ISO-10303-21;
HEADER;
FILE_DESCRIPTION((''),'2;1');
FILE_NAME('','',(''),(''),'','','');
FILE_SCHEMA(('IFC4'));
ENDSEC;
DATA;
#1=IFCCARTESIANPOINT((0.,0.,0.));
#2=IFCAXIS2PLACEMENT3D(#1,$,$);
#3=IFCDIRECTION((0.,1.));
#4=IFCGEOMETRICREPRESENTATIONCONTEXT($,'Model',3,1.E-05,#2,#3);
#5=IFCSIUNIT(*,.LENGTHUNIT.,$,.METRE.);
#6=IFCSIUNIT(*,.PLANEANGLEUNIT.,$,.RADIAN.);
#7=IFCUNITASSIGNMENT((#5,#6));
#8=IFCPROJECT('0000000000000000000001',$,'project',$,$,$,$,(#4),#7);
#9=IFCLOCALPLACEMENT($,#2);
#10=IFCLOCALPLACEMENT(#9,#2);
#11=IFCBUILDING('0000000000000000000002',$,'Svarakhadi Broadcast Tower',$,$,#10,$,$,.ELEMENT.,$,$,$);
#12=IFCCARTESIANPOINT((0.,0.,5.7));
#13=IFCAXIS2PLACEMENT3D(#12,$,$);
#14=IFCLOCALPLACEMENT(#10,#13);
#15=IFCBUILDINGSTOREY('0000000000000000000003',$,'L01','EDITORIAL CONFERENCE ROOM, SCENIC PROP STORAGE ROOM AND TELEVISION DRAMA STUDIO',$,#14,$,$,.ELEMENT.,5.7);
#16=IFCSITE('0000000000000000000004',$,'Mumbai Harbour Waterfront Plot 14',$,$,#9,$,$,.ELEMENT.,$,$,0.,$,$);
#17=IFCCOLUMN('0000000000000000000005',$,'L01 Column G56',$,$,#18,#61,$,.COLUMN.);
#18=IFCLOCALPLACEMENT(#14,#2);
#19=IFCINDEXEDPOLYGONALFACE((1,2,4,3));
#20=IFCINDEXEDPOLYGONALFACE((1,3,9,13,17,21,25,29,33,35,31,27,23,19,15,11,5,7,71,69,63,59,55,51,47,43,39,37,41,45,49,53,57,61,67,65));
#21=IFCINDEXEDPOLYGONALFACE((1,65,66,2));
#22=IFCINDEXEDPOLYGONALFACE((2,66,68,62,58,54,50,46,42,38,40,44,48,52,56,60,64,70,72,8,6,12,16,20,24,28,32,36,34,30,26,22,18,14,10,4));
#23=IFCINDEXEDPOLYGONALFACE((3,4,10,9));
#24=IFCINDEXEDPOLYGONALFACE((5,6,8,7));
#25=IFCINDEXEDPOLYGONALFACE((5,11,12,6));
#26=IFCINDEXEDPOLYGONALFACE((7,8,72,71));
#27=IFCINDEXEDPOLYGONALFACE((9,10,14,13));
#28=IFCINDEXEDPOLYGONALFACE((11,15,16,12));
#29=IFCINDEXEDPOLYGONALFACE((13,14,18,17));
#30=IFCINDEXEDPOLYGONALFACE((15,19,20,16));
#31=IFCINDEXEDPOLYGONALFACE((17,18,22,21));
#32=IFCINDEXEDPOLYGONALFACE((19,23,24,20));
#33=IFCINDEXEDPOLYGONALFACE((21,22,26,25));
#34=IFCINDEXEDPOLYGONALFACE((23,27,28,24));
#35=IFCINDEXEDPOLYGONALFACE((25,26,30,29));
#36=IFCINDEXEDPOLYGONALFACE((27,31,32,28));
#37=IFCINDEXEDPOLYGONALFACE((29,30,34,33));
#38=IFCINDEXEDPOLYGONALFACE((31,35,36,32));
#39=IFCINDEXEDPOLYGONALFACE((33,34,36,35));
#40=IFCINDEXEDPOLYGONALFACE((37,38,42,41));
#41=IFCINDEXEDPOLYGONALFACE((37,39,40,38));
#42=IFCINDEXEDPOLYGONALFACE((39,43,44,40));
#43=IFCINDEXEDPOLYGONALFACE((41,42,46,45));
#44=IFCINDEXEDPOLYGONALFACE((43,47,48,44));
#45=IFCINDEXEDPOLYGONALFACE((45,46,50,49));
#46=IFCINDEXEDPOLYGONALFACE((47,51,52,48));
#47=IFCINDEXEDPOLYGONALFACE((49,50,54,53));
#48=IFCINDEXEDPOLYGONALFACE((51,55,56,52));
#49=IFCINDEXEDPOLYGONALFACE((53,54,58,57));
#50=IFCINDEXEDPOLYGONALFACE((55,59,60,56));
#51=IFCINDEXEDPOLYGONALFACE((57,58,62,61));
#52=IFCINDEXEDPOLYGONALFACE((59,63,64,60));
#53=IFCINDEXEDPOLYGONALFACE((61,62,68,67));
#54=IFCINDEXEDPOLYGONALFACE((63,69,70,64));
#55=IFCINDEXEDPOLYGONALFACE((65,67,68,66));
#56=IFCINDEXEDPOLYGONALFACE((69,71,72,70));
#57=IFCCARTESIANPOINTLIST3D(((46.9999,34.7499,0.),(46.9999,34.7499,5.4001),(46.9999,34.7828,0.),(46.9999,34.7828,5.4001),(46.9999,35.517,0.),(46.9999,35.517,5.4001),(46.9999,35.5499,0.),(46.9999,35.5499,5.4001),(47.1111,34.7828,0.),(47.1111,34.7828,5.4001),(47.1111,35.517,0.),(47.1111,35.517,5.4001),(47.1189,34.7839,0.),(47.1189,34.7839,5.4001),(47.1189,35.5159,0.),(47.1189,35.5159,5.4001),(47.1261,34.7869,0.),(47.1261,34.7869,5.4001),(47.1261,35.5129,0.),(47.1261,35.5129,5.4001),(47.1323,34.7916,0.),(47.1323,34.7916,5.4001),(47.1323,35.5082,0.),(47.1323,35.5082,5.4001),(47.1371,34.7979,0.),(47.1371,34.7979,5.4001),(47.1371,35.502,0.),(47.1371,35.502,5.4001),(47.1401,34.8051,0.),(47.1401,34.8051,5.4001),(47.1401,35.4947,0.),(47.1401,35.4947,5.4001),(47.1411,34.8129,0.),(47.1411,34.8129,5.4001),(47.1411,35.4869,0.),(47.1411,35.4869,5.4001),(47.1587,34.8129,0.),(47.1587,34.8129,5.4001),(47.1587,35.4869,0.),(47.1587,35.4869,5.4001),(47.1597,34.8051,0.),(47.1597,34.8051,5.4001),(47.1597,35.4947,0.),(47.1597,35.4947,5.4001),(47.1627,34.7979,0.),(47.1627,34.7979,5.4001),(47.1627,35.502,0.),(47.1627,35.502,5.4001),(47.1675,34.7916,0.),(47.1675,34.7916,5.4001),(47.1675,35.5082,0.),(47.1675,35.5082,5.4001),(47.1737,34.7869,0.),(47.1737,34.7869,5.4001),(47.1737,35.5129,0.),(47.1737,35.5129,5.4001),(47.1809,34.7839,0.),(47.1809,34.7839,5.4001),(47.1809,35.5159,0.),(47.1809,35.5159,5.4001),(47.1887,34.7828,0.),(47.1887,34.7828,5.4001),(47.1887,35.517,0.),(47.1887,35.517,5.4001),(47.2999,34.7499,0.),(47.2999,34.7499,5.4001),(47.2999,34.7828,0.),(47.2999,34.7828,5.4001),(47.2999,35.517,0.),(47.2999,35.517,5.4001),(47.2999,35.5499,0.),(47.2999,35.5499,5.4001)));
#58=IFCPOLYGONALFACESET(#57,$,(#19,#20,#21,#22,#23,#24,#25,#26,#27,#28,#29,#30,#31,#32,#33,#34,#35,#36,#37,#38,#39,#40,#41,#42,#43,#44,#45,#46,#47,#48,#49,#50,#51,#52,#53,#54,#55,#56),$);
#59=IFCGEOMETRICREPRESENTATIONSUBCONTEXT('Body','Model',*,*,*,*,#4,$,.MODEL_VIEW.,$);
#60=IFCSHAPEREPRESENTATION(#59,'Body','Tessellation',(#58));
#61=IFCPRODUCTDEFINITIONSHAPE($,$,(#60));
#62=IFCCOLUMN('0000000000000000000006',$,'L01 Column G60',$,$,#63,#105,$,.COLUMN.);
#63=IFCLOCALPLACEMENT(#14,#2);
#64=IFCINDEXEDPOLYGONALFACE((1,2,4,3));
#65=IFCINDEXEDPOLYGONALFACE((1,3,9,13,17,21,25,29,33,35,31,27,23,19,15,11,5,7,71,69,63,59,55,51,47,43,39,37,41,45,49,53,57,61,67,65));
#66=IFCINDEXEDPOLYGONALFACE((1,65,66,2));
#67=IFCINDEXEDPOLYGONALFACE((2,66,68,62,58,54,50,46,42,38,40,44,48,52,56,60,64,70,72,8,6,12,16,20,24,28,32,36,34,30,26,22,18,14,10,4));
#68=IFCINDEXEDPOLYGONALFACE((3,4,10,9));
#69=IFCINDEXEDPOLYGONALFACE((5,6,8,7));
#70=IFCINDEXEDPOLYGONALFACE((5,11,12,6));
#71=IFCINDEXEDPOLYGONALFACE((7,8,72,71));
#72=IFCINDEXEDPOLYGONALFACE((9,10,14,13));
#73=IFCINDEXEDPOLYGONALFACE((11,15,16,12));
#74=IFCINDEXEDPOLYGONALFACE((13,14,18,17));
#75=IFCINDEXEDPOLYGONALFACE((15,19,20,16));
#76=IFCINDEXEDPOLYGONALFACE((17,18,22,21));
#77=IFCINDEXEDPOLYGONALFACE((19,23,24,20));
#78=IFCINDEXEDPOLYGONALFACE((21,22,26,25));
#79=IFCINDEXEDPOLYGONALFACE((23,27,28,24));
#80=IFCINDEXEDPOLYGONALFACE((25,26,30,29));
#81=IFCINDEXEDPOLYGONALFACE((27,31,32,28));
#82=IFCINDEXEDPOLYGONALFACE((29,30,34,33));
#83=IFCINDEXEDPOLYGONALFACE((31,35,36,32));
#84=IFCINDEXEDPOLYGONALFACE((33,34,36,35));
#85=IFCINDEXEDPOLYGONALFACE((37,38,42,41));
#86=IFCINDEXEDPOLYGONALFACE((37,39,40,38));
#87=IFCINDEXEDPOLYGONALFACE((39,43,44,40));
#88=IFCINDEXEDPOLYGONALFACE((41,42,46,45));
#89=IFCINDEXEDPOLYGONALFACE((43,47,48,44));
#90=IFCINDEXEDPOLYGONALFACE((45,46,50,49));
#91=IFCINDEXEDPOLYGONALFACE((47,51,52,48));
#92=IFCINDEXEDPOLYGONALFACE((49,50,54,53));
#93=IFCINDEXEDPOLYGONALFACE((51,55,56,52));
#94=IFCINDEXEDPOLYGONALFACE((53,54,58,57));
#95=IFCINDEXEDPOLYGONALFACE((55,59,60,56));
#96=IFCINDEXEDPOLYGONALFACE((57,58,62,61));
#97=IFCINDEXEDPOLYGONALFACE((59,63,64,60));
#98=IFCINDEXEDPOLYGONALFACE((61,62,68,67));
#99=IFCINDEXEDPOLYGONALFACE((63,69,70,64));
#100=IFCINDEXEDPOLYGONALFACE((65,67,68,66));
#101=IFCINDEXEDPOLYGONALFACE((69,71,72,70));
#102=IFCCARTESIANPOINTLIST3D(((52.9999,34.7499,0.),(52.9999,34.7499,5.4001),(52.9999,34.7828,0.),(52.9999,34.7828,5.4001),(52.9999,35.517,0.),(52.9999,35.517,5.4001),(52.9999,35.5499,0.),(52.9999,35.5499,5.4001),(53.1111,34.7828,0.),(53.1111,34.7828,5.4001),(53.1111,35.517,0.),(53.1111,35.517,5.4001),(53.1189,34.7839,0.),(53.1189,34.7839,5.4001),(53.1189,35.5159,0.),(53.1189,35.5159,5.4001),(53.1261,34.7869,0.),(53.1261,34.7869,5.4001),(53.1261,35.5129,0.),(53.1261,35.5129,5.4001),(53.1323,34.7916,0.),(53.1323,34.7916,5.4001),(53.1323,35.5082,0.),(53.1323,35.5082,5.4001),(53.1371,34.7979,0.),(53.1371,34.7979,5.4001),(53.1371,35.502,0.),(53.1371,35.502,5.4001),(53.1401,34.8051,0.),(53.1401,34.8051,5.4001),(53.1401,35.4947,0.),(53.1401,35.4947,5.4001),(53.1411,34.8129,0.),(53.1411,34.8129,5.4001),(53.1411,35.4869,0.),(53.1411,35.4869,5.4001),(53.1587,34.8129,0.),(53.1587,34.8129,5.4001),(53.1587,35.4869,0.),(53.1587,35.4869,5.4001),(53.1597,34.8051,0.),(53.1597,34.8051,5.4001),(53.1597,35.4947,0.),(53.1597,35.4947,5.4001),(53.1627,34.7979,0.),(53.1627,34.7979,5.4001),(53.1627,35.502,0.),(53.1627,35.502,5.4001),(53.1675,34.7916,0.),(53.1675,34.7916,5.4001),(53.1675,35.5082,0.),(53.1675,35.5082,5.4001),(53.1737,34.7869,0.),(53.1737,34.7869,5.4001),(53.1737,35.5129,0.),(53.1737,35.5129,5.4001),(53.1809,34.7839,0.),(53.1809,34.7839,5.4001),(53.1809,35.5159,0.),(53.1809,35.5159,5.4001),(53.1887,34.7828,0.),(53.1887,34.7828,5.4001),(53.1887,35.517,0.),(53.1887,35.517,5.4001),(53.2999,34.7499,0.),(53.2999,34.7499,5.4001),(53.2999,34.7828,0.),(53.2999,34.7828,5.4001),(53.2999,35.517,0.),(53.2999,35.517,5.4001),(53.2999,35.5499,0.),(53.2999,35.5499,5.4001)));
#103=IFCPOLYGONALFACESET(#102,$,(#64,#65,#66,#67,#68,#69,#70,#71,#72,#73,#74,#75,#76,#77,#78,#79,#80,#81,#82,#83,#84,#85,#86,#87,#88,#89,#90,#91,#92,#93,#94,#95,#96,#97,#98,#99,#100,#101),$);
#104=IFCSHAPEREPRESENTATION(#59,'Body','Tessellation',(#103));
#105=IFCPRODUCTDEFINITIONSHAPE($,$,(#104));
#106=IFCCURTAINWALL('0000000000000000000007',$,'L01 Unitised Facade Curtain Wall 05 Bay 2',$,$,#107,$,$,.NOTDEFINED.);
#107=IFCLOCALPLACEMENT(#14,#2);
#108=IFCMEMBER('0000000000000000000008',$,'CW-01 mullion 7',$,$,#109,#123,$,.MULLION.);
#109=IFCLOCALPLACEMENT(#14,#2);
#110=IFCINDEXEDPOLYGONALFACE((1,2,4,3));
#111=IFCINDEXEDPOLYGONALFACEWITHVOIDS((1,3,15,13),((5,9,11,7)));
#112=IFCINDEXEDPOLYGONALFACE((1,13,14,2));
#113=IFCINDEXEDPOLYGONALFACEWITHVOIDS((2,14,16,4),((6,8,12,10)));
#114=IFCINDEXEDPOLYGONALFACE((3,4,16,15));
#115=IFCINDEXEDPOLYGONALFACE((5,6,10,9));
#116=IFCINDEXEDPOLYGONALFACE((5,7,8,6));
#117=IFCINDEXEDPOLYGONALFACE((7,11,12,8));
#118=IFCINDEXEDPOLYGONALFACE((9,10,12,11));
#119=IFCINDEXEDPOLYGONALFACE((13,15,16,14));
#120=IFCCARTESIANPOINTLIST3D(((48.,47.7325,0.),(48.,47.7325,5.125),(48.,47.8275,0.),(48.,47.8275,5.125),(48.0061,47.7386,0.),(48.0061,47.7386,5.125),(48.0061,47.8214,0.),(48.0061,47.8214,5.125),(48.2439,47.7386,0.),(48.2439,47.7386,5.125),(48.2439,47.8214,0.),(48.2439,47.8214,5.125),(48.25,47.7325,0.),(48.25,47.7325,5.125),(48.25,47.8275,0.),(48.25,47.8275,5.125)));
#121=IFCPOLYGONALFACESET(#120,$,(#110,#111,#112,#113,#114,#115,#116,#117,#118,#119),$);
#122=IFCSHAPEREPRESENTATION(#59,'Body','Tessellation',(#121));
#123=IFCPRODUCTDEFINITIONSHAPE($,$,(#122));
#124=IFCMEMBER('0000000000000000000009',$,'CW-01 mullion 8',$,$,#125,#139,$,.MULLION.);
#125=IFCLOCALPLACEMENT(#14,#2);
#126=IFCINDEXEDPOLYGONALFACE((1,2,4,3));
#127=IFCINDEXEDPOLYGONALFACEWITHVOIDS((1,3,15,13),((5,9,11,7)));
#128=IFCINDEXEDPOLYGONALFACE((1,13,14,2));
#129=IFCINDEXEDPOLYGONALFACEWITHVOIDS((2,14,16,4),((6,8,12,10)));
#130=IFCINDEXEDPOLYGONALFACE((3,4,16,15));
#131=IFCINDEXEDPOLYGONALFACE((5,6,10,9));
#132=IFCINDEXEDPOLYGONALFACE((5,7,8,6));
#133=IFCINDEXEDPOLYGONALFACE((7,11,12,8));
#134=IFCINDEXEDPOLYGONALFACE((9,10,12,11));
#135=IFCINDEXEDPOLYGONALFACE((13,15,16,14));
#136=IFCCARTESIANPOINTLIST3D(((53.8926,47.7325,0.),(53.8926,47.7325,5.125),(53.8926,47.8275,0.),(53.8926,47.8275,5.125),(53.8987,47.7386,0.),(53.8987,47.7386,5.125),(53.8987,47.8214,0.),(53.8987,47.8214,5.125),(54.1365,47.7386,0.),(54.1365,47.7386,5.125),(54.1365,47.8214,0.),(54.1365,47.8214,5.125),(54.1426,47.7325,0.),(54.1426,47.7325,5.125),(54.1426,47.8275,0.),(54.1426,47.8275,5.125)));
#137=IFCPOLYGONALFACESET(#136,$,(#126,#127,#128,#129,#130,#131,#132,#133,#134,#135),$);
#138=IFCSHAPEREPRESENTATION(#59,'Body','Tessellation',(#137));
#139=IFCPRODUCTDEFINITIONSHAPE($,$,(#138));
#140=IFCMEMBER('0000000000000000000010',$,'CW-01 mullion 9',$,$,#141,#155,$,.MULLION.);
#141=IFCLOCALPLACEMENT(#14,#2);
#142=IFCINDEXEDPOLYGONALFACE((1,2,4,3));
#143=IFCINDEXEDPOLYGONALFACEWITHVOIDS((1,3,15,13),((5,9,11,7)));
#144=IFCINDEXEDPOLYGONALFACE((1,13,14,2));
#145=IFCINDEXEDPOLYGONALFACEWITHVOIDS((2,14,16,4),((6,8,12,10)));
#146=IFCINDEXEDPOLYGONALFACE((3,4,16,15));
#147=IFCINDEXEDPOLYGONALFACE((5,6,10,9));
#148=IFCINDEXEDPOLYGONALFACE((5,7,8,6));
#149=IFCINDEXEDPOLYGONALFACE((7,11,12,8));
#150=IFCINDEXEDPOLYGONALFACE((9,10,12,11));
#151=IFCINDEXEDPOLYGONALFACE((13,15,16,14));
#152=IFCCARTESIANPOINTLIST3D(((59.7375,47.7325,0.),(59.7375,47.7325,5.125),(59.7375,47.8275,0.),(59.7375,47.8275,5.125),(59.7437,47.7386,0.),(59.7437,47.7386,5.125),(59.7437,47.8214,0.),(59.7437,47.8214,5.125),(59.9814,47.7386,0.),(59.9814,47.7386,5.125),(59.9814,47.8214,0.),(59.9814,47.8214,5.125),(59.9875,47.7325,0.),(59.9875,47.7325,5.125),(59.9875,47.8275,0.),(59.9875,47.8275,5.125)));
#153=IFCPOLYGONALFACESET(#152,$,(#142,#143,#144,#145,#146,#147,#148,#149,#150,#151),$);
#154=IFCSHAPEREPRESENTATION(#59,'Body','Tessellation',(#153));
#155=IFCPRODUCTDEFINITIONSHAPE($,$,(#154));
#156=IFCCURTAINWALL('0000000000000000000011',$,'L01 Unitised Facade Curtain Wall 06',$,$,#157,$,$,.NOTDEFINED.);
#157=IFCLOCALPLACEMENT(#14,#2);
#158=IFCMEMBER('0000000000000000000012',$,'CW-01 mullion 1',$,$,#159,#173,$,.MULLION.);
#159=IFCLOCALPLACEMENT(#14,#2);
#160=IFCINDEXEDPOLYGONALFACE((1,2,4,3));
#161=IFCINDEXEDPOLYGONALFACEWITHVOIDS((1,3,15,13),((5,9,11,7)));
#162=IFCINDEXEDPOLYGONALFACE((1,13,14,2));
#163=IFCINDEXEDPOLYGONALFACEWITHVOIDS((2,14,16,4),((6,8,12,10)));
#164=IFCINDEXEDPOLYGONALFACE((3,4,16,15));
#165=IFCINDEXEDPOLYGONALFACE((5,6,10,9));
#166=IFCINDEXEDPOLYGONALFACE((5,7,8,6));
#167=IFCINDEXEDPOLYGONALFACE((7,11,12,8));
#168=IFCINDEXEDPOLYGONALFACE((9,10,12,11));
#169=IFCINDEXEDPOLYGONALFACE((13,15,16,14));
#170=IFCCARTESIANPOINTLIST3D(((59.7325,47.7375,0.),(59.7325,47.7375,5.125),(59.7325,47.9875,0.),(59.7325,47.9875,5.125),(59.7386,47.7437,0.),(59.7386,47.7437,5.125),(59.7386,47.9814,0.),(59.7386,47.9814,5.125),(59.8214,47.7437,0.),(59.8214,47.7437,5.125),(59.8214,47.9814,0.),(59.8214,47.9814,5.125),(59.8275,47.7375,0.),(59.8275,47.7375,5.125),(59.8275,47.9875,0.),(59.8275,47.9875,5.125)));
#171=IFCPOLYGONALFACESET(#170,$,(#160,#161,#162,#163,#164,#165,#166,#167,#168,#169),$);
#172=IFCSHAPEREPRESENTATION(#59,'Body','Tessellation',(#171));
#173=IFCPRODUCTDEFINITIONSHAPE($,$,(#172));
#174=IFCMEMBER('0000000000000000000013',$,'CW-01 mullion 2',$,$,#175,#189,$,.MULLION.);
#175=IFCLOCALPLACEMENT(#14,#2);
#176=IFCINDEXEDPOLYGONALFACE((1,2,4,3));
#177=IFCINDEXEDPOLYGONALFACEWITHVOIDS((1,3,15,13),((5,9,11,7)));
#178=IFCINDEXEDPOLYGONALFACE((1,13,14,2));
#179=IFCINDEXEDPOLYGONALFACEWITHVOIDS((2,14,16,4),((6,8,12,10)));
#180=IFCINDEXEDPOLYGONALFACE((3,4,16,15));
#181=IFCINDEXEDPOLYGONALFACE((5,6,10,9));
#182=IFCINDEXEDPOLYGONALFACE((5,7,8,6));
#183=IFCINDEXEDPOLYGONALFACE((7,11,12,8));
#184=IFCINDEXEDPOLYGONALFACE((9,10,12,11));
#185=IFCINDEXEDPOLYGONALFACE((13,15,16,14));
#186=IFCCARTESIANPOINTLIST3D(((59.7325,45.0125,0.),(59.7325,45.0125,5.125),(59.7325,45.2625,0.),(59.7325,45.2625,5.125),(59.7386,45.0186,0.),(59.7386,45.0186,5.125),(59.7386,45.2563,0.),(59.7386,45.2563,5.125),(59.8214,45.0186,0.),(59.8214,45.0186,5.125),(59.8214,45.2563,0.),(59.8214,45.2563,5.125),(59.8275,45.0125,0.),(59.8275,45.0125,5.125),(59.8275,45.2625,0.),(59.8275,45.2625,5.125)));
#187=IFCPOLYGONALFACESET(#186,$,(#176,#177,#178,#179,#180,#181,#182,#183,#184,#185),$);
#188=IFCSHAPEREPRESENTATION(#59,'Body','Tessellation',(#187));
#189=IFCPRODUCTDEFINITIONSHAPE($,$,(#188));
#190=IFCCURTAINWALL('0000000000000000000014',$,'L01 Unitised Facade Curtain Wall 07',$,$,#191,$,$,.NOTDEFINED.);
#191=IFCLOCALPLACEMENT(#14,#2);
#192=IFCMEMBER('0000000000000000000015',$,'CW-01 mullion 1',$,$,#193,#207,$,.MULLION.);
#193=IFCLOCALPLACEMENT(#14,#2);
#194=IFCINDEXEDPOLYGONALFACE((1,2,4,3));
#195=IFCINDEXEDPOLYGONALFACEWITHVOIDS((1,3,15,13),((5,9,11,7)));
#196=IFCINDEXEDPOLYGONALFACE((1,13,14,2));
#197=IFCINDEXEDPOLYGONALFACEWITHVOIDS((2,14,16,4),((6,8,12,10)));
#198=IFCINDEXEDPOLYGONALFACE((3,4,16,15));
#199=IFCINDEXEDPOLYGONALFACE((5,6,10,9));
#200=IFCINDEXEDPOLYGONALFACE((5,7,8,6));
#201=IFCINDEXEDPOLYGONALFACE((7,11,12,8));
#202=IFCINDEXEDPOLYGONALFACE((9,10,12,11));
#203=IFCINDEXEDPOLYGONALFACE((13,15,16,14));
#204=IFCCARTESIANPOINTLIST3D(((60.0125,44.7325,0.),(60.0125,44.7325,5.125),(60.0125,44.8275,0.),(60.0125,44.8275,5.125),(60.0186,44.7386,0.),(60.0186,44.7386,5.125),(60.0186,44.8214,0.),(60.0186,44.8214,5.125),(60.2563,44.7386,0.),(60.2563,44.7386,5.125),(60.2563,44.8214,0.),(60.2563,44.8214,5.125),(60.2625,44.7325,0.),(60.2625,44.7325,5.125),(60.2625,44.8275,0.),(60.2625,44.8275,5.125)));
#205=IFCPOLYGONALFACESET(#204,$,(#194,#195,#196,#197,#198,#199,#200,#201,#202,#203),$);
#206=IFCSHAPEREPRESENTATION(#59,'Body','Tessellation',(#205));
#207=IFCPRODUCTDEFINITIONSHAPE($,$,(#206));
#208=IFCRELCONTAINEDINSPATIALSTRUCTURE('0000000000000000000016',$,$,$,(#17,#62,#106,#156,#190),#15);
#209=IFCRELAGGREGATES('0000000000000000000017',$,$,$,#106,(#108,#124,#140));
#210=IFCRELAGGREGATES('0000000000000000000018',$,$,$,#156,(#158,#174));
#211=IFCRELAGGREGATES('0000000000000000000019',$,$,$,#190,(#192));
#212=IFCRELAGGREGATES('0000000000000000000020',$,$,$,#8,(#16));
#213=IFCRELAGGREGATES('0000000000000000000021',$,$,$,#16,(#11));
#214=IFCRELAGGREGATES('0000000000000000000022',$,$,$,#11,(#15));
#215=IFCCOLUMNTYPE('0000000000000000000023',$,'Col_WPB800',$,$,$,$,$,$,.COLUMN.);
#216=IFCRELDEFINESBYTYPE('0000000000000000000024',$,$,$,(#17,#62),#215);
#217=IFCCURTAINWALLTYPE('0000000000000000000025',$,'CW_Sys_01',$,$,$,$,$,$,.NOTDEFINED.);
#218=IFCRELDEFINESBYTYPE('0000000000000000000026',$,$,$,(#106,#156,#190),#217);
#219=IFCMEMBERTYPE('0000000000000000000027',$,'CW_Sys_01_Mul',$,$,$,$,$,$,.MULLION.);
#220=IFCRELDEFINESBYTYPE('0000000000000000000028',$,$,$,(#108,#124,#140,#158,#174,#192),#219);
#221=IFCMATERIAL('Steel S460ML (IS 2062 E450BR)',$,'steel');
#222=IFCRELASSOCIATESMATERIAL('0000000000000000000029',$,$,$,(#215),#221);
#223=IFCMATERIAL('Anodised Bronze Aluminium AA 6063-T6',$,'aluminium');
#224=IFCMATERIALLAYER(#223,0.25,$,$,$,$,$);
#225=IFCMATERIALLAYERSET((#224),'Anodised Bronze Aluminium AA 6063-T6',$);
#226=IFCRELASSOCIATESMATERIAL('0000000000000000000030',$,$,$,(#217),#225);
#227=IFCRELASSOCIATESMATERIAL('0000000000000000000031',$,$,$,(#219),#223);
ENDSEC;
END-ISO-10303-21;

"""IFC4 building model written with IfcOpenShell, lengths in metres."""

from ifc_helpers import new_model, si_unit, direction, frame, origin, origin_2d, place, context, subcontext, project, spatial, hollow_rectangle, i_section, extrude, material, layer, layer_set, material_profile, profile_set, type_object, element, aggregate, save


model = new_model("IFC4")

# Units and contexts
model_context = context("Model", 3, precision=1e-05, world=origin(), true_north=direction((0.0, 1.0)))
body_context = subcontext(model_context, "Body", "Model", "MODEL_VIEW")
ifc_project = project(units=[si_unit("LENGTHUNIT", "METRE"), si_unit("PLANEANGLEUNIT", "RADIAN")], contexts=[model_context])

# Site, building, storey
site_placement = place(None, origin())
site = spatial("IfcSite", under=ifc_project, at=site_placement, Name="Mumbai Harbour Waterfront Plot 14", CompositionType="ELEMENT", RefElevation=0.0)
building_placement = place(site_placement, origin())
building = spatial("IfcBuilding", under=site, at=building_placement, Name="Svarakhadi Broadcast Tower", CompositionType="ELEMENT")
storey_placement = place(building_placement, frame((0.0, 0.0, 5.7)))
storey = spatial("IfcBuildingStorey", under=building, at=storey_placement, Name="L01", Description="EDITORIAL CONFERENCE ROOM, SCENIC PROP STORAGE ROOM AND TELEVISION DRAMA STUDIO", CompositionType="ELEMENT", Elevation=5.7)

# Columns
ifc_material_1 = material(Name="Steel S460ML (IS 2062 E450BR)", Category="steel")
ifc_material_profile_1 = material_profile(ifc_material_1, i_section(OverallWidth=0.3, OverallDepth=0.8, WebThickness=0.0176, FlangeThickness=0.033, FilletRadius=0.03, at=origin_2d()), Name="WPB 800x300x262")
ifc_profile_set_1 = profile_set([ifc_material_profile_1], Name="Steel S460ML (IS 2062 E450BR)")
column_type = type_object("IfcColumnType", Name="Col_WPB800", PredefinedType="COLUMN", material=ifc_profile_set_1)
for number, where, z_axis, x_axis, name in (
    (1, (47.1499, 35.1499, 0.0), (0.0, 0.0, 1.0), (1.0, 0.0, 0.0), "L01 Column G56"),
    (2, (53.1499, 35.1499, 0.0), (0.0, 0.0, 1.0), (1.0, 0.0, 0.0), "L01 Column G60"),
):
    element("IfcColumn", number, at=place(storey_placement, frame(where, z_axis=z_axis, x_axis=x_axis)), inside=storey, type_object=column_type, Name=name, PredefinedType="COLUMN", context=body_context, shape_type="SweptSolid", body=[
        extrude(i_section(OverallWidth=0.3, OverallDepth=0.8, WebThickness=0.0176, FlangeThickness=0.033, FilletRadius=0.03, at=origin_2d()), origin(), (0.0, 0.0, 1.0), 5.4001),
    ])

# Curtain walls, members
ifc_material_2 = material(Name="Anodised Bronze Aluminium AA 6063-T6", Category="aluminium")
ifc_layer_1 = layer(ifc_material_2, 0.25)
ifc_layer_set_1 = layer_set([ifc_layer_1], Name="Anodised Bronze Aluminium AA 6063-T6")
curtain_wall_type = type_object("IfcCurtainWallType", Name="CW_Sys_01", PredefinedType="NOTDEFINED", material=ifc_layer_set_1)
curtain_wall_1_placement = place(storey_placement, origin())
curtain_wall_1 = element("IfcCurtainWall", 3, at=curtain_wall_1_placement, inside=storey, type_object=curtain_wall_type, Name="L01 Unitised Facade Curtain Wall 05 Bay 2", PredefinedType="NOTDEFINED")
ifc_material_profile_2 = material_profile(ifc_material_2, hollow_rectangle(XDim=0.095, YDim=0.25, WallThickness=0.0061, at=origin_2d()), Name="ALU MULLION 250x95x6")
ifc_profile_set_2 = profile_set([ifc_material_profile_2], Name="Anodised Bronze Aluminium AA 6063-T6")
member_type_1 = type_object("IfcMemberType", Name="CW_Sys_01_Mul", PredefinedType="MULLION", material=ifc_profile_set_2)
member_1_placement = place(storey_placement, frame((48.125, 47.78, 0.0), z_axis=(0.0, 0.0, 1.0), x_axis=(0.0, 1.0, 0.0)))
member_1 = element("IfcMember", 4, at=member_1_placement, type_object=member_type_1, Name="CW-01 mullion 7", PredefinedType="MULLION", context=body_context, shape_type="SweptSolid", body=[
    extrude(hollow_rectangle(XDim=0.095, YDim=0.25, WallThickness=0.0061, at=origin_2d()), origin(), (0.0, 0.0, 1.0), 5.125),
])
member_2_placement = place(storey_placement, frame((54.0176, 47.78, 0.0), z_axis=(0.0, 0.0, 1.0), x_axis=(0.0, 1.0, 0.0)))
member_2 = element("IfcMember", 5, at=member_2_placement, type_object=member_type_1, Name="CW-01 mullion 8", PredefinedType="MULLION", context=body_context, shape_type="SweptSolid", body=[
    extrude(hollow_rectangle(XDim=0.095, YDim=0.25, WallThickness=0.0061, at=origin_2d()), origin(), (0.0, 0.0, 1.0), 5.125),
])
member_3_placement = place(storey_placement, frame((59.8625, 47.78, 0.0), z_axis=(0.0, 0.0, 1.0), x_axis=(0.0, 1.0, 0.0)))
member_3 = element("IfcMember", 6, at=member_3_placement, type_object=member_type_1, Name="CW-01 mullion 9", PredefinedType="MULLION", context=body_context, shape_type="SweptSolid", body=[
    extrude(hollow_rectangle(XDim=0.095, YDim=0.25, WallThickness=0.0061, at=origin_2d()), origin(), (0.0, 0.0, 1.0), 5.125),
])
curtain_wall_2_placement = place(storey_placement, origin())
curtain_wall_2 = element("IfcCurtainWall", 7, at=curtain_wall_2_placement, inside=storey, type_object=curtain_wall_type, Name="L01 Unitised Facade Curtain Wall 06", PredefinedType="NOTDEFINED")
member_4_placement = place(storey_placement, frame((59.78, 47.8625, 0.0), z_axis=(0.0, 0.0, 1.0), x_axis=(1.0, 0.0, 0.0)))
member_4 = element("IfcMember", 8, at=member_4_placement, type_object=member_type_1, Name="CW-01 mullion 1", PredefinedType="MULLION", context=body_context, shape_type="SweptSolid", body=[
    extrude(hollow_rectangle(XDim=0.095, YDim=0.25, WallThickness=0.0061, at=origin_2d()), origin(), (0.0, 0.0, 1.0), 5.125),
])
member_5_placement = place(storey_placement, frame((59.78, 45.1375, 0.0), z_axis=(0.0, 0.0, 1.0), x_axis=(1.0, 0.0, 0.0)))
member_5 = element("IfcMember", 9, at=member_5_placement, type_object=member_type_1, Name="CW-01 mullion 2", PredefinedType="MULLION", context=body_context, shape_type="SweptSolid", body=[
    extrude(hollow_rectangle(XDim=0.095, YDim=0.25, WallThickness=0.0061, at=origin_2d()), origin(), (0.0, 0.0, 1.0), 5.125),
])
curtain_wall_3_placement = place(storey_placement, origin())
curtain_wall_3 = element("IfcCurtainWall", 10, at=curtain_wall_3_placement, inside=storey, type_object=curtain_wall_type, Name="L01 Unitised Facade Curtain Wall 07", PredefinedType="NOTDEFINED")
member_6_placement = place(storey_placement, frame((60.1375, 44.78, 0.0), z_axis=(0.0, 0.0, 1.0), x_axis=(0.0, 1.0, 0.0)))
member_6 = element("IfcMember", 11, at=member_6_placement, type_object=member_type_1, Name="CW-01 mullion 1", PredefinedType="MULLION", context=body_context, shape_type="SweptSolid", body=[
    extrude(hollow_rectangle(XDim=0.095, YDim=0.25, WallThickness=0.0061, at=origin_2d()), origin(), (0.0, 0.0, 1.0), 5.125),
])

aggregate(curtain_wall_1, [member_1, member_2, member_3])
aggregate(curtain_wall_2, [member_4, member_5])
aggregate(curtain_wall_3, [member_6])

save(model, "model.ifc")
